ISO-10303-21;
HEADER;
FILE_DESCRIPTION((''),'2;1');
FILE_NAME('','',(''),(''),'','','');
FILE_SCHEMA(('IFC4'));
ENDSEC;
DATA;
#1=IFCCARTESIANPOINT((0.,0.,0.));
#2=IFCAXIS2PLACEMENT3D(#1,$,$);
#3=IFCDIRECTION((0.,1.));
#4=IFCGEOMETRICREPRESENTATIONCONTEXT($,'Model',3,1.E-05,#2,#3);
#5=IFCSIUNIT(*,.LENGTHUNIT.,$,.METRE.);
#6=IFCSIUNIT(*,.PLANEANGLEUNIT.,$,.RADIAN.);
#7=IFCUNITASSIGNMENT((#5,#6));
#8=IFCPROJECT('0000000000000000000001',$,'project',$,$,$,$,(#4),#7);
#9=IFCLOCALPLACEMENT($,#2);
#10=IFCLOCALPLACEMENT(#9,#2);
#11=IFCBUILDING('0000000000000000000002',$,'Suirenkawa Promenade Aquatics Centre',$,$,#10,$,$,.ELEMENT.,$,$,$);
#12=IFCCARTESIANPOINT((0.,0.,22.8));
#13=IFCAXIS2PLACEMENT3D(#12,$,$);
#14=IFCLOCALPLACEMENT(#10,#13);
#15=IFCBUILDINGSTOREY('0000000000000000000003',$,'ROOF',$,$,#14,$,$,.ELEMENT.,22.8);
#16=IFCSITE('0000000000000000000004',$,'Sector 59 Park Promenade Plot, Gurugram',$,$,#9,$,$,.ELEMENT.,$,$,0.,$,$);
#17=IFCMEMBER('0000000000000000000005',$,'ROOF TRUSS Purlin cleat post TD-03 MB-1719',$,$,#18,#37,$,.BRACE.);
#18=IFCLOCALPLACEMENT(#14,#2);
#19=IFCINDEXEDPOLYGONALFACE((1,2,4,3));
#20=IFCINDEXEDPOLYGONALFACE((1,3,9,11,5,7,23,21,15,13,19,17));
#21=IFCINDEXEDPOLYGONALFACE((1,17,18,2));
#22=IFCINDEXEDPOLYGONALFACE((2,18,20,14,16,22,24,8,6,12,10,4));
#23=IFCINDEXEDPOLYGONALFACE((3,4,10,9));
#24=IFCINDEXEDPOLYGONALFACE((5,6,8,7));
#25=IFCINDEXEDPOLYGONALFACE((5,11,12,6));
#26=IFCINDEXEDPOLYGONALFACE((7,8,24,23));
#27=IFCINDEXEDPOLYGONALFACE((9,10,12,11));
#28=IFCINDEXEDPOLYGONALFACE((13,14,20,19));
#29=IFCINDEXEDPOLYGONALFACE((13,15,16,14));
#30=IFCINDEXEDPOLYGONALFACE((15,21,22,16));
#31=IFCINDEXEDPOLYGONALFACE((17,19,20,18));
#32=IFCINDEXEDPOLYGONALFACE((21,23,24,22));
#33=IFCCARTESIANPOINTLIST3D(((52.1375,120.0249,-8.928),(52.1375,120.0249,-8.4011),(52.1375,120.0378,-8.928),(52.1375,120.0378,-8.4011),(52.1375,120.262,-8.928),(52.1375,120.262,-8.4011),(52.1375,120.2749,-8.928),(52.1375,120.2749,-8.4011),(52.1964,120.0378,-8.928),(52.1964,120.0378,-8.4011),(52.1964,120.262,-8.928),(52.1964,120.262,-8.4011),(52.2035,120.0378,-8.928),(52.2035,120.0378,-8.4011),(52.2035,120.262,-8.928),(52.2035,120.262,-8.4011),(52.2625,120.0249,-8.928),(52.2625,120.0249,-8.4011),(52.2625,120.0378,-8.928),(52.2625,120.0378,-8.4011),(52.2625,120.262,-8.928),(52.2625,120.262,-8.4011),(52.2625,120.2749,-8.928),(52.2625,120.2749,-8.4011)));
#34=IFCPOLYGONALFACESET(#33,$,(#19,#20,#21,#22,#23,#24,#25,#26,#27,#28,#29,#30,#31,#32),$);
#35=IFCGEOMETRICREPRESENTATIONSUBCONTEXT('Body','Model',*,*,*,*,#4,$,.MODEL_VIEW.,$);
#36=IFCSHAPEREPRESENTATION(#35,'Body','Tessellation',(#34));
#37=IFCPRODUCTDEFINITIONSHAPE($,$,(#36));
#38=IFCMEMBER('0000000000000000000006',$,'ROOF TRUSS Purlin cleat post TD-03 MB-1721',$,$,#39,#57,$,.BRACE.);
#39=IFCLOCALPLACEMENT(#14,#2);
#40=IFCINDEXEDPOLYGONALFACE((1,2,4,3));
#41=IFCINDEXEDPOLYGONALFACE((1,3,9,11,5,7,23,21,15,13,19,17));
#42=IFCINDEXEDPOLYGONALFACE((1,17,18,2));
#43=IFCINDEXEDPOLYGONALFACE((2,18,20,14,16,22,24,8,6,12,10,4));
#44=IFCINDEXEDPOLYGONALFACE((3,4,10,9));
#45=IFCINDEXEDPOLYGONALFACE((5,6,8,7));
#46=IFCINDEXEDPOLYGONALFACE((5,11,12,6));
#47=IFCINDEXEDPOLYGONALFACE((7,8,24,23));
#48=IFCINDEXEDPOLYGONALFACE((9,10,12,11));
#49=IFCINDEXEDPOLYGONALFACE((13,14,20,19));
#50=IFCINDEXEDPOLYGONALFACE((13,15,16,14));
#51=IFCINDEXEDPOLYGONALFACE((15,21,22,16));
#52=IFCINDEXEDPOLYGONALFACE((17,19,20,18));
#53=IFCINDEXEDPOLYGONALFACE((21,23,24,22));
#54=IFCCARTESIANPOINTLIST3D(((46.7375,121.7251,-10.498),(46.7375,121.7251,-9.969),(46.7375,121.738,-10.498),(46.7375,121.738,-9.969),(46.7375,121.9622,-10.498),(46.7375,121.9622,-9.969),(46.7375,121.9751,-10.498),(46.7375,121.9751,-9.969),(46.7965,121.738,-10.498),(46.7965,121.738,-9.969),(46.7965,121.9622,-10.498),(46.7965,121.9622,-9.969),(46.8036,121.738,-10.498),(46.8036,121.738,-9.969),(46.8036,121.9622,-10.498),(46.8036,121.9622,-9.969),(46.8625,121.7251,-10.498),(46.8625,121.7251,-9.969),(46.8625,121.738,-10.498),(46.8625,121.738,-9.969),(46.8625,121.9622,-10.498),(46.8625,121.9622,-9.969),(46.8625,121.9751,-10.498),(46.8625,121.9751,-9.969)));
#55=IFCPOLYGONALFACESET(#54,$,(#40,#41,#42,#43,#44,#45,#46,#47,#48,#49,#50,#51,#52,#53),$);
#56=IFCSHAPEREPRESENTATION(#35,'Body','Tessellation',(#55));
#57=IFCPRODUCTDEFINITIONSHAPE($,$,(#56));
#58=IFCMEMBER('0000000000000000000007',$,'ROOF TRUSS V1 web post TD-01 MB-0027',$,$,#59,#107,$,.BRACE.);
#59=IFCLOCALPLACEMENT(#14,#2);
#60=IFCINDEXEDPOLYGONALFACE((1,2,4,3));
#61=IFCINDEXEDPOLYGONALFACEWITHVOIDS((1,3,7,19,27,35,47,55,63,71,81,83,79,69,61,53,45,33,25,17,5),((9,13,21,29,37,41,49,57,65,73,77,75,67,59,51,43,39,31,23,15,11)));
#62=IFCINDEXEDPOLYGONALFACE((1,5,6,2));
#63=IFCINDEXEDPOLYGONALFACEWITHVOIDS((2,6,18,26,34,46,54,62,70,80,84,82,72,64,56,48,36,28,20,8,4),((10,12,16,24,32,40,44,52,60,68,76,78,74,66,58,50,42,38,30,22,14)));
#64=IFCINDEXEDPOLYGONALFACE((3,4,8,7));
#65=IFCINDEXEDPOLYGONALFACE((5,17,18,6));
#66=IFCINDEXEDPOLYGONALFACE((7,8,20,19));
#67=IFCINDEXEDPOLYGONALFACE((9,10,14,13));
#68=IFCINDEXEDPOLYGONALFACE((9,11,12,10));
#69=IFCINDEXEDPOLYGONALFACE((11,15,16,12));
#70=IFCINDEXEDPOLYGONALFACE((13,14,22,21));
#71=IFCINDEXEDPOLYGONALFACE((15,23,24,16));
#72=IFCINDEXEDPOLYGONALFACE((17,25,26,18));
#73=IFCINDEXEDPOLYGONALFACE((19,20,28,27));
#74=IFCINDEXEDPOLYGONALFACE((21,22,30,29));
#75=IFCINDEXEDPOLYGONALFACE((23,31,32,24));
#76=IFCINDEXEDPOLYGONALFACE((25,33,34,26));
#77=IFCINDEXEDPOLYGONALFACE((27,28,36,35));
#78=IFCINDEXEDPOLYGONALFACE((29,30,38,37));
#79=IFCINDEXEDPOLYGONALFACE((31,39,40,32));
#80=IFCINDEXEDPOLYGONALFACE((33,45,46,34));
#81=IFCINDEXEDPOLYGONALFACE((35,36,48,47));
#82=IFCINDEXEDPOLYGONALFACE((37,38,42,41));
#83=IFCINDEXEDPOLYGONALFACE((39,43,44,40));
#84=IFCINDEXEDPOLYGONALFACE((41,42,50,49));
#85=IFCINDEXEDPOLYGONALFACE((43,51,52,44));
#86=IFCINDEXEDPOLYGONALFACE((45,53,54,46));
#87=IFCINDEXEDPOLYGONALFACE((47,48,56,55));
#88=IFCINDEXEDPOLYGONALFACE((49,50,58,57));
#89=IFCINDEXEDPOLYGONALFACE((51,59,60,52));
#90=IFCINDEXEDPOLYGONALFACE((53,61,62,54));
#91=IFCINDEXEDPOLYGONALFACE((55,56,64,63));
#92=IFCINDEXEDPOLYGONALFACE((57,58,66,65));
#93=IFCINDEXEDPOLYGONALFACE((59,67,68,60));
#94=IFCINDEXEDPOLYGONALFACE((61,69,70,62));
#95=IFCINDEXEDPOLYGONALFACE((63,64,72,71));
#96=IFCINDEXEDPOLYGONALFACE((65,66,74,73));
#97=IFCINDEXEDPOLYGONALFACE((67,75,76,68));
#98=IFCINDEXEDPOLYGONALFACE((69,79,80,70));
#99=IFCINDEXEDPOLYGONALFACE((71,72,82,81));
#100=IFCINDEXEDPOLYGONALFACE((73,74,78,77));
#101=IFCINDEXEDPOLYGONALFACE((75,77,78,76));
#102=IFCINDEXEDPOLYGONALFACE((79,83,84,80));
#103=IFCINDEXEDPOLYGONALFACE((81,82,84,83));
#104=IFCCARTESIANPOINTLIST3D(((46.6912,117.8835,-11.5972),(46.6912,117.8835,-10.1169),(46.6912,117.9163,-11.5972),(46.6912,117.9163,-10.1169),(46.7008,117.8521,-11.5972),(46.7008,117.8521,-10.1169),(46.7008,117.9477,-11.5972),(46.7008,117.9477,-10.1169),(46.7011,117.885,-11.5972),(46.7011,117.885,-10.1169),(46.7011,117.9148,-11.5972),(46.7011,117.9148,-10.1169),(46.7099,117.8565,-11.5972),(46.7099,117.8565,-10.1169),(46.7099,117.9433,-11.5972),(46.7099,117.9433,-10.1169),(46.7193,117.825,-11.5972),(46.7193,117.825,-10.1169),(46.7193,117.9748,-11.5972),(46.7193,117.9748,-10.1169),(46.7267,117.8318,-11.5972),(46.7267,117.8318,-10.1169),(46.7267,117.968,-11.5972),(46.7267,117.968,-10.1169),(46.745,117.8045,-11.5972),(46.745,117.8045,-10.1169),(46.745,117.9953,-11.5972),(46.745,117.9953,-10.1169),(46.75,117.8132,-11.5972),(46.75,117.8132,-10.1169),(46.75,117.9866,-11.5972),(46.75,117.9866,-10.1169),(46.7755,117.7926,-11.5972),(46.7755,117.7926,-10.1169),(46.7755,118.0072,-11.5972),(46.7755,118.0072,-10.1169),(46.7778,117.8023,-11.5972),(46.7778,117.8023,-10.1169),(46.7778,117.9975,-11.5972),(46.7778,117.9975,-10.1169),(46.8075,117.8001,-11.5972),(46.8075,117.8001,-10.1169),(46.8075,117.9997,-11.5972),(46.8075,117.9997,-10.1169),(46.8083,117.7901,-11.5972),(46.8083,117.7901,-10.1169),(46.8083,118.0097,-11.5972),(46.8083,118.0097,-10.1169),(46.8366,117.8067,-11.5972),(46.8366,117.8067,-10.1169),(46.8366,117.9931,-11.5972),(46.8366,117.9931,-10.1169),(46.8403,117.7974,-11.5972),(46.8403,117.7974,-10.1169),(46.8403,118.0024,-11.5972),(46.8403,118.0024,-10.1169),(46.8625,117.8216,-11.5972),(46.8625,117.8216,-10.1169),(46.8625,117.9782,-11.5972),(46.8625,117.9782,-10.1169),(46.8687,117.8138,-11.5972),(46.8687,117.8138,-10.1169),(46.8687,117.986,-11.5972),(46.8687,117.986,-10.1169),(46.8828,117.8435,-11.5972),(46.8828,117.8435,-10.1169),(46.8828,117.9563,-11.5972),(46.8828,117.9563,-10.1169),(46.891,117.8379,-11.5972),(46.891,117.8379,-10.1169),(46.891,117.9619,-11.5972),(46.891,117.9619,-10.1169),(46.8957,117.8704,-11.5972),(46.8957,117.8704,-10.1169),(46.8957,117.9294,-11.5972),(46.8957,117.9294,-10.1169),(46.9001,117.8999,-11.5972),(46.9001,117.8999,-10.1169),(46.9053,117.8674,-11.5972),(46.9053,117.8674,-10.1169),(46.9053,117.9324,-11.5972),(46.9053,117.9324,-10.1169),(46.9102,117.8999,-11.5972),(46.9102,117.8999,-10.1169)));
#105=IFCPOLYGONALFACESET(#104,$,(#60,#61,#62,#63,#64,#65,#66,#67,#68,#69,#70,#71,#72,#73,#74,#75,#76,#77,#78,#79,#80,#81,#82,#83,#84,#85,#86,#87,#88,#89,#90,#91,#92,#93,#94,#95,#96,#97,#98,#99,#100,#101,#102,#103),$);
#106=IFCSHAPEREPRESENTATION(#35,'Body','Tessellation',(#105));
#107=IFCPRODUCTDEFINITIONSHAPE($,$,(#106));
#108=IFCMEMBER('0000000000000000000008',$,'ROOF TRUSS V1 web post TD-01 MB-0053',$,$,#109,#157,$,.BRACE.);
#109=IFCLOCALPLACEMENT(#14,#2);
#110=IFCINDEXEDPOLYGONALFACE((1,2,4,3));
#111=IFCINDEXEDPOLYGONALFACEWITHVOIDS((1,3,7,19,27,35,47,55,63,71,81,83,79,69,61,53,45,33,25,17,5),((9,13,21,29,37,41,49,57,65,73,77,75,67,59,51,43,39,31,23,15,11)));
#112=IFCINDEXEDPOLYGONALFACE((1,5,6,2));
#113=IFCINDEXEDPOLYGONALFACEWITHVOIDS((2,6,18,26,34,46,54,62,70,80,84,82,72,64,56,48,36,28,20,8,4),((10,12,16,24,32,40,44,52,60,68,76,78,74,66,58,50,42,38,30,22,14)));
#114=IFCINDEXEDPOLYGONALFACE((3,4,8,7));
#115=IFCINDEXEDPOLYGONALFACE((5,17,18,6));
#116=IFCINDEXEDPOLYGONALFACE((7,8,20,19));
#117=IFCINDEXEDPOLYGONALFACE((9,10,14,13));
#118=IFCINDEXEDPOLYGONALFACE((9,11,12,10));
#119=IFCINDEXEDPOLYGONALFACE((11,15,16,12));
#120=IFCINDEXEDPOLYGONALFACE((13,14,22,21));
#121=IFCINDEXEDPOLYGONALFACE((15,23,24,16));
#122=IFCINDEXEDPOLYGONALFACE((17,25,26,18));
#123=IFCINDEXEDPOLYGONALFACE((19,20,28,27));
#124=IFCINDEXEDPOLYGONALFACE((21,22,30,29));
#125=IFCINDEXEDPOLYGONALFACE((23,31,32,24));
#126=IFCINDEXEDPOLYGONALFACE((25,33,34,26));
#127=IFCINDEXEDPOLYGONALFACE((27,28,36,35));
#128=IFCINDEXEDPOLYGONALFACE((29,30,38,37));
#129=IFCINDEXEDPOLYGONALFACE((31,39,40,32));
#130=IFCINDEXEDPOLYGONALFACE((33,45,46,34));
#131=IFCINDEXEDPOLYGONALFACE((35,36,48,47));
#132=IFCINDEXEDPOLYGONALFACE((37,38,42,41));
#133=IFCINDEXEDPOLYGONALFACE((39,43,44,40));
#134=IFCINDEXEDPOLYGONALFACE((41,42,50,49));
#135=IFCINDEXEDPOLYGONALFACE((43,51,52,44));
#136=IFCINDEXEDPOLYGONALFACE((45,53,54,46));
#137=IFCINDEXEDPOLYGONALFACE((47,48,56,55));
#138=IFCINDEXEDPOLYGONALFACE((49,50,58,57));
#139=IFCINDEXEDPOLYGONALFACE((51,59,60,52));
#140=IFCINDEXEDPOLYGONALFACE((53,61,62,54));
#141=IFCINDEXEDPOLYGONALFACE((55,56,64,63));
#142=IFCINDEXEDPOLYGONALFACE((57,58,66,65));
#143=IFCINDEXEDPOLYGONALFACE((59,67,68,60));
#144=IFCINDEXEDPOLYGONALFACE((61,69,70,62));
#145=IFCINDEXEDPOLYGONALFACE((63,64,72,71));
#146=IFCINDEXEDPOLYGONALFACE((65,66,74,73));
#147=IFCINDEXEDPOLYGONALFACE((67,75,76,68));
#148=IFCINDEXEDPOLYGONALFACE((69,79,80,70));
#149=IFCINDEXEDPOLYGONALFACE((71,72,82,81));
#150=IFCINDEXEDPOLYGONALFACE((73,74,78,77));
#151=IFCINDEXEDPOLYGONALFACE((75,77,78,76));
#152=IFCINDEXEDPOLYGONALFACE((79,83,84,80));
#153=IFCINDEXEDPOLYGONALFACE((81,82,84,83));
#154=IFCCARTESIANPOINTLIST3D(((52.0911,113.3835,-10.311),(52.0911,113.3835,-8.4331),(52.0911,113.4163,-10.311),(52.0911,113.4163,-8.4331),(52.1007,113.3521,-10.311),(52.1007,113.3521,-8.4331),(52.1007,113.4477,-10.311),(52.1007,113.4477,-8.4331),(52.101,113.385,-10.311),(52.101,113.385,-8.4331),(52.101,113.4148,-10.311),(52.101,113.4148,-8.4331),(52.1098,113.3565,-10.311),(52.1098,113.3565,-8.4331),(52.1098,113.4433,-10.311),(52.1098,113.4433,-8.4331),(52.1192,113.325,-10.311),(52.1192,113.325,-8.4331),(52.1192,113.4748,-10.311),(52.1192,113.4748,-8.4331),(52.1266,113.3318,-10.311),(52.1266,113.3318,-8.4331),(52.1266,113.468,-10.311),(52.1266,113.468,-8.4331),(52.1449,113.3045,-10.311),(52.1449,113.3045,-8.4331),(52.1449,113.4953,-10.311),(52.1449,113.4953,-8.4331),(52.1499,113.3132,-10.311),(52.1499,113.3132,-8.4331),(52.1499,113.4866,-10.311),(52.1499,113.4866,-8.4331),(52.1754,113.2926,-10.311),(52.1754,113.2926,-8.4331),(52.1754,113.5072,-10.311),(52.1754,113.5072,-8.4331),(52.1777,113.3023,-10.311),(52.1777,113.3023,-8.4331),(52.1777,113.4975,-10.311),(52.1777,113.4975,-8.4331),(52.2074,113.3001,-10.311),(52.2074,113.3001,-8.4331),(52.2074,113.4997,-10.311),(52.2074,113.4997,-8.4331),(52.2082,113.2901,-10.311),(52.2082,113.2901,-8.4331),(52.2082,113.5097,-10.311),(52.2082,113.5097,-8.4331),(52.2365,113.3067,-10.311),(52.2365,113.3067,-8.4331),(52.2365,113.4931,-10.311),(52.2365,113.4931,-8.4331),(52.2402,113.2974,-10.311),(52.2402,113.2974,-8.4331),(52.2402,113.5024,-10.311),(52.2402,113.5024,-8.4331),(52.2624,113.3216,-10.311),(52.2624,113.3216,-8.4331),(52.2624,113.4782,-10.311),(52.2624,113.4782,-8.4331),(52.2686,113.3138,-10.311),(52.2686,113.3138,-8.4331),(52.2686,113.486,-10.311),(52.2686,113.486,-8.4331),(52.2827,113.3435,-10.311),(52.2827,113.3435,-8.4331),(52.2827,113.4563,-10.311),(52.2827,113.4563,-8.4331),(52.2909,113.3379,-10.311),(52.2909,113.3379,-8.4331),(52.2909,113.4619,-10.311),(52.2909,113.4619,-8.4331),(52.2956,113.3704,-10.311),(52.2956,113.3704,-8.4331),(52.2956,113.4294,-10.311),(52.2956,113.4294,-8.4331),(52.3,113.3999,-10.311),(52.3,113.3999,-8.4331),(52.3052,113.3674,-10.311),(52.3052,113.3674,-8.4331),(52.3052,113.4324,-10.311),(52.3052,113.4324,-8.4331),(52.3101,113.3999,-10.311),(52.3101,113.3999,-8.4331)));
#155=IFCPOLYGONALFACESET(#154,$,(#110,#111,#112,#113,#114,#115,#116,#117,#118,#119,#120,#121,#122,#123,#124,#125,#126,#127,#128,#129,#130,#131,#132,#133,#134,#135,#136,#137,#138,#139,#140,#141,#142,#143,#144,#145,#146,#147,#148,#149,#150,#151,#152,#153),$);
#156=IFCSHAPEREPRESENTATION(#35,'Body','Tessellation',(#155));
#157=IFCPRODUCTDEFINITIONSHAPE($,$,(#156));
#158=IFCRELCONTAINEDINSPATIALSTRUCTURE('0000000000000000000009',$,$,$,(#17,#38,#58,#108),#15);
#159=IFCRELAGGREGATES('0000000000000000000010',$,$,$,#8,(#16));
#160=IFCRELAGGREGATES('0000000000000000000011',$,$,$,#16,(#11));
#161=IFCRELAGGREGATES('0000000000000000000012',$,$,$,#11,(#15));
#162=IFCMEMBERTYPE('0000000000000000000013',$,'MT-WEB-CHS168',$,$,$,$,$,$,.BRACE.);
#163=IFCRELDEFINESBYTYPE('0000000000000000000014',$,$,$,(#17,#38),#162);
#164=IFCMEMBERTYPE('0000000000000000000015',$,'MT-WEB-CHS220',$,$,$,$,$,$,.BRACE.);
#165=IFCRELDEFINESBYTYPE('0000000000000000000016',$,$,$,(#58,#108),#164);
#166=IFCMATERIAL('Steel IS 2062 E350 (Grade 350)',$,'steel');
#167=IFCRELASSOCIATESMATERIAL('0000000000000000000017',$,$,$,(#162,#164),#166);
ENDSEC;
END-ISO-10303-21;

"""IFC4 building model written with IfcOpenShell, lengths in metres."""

from ifc_helpers import new_model, si_unit, direction, frame, origin, origin_2d, place, context, subcontext, project, spatial, hollow_circle, i_section, extrude, material, material_profile, profile_set, type_object, element, save


model = new_model("IFC4")

# Units and contexts
model_context = context("Model", 3, precision=1e-05, world=origin(), true_north=direction((0.0, 1.0)))
body_context = subcontext(model_context, "Body", "Model", "MODEL_VIEW")
ifc_project = project(units=[si_unit("LENGTHUNIT", "METRE"), si_unit("PLANEANGLEUNIT", "RADIAN")], contexts=[model_context])

# Site, building, storey
site_placement = place(None, origin())
site = spatial("IfcSite", under=ifc_project, at=site_placement, Name="Sector 59 Park Promenade Plot, Gurugram", CompositionType="ELEMENT", RefElevation=0.0)
building_placement = place(site_placement, origin())
building = spatial("IfcBuilding", under=site, at=building_placement, Name="Suirenkawa Promenade Aquatics Centre", CompositionType="ELEMENT")
storey_placement = place(building_placement, frame((0.0, 0.0, 22.8)))
storey = spatial("IfcBuildingStorey", under=building, at=storey_placement, Name="ROOF", CompositionType="ELEMENT", Elevation=22.8)

# Shared definitions
ifc_material = material(Name="Steel IS 2062 E350 (Grade 350)", Category="steel")

# Members
ifc_material_profile_1 = material_profile(ifc_material, i_section(OverallWidth=0.125, OverallDepth=0.25, WebThickness=0.0071, FlangeThickness=0.0129, at=origin_2d()), Name="ISMB 250", Category="steel")
ifc_profile_set_1 = profile_set([ifc_material_profile_1], Name="Steel IS 2062 E350 (Grade 350)")
member_type_1 = type_object("IfcMemberType", Name="MT-WEB-CHS168", PredefinedType="BRACE", material=ifc_profile_set_1)
for number, where, z_axis, x_axis, name in (
    (1, (52.2, 120.1499, -8.928), (0.0, 0.0, 1.0), (1.0, 0.0, 0.0), "ROOF TRUSS Purlin cleat post TD-03 MB-1719"),
):
    element("IfcMember", number, at=place(storey_placement, frame(where, z_axis=z_axis, x_axis=x_axis)), inside=storey, type_object=member_type_1, Name=name, PredefinedType="BRACE", context=body_context, shape_type="SweptSolid", body=[
        extrude(i_section(OverallWidth=0.125, OverallDepth=0.25, WebThickness=0.0071, FlangeThickness=0.0129, at=origin_2d()), origin(), (0.0, 0.0, 1.0), 0.5269),
    ])
member_1_placement = place(storey_placement, frame((46.8, 121.8501, -10.498), z_axis=(0.0, 0.0, 1.0), x_axis=(1.0, 0.0, 0.0)))
element("IfcMember", 2, at=member_1_placement, inside=storey, type_object=member_type_1, Name="ROOF TRUSS Purlin cleat post TD-03 MB-1721", PredefinedType="BRACE", context=body_context, shape_type="SweptSolid", body=[
    extrude(i_section(OverallWidth=0.125, OverallDepth=0.25, WebThickness=0.0071, FlangeThickness=0.0129, at=origin_2d()), origin(), (0.0, 0.0, 1.0), 0.5291),
])
ifc_material_profile_2 = material_profile(ifc_material, hollow_circle(Radius=0.1101, WallThickness=0.01, at=origin_2d()), Name="CHS 220x10", Category="steel")
ifc_profile_set_2 = profile_set([ifc_material_profile_2], Name="Steel IS 2062 E350 (Grade 350)")
member_type_2 = type_object("IfcMemberType", Name="MT-WEB-CHS220", PredefinedType="BRACE", material=ifc_profile_set_2)
member_2_placement = place(storey_placement, frame((46.8, 117.8999, -11.5972), z_axis=(0.0, 0.0, 1.0), x_axis=(1.0, 0.0, 0.0)))
element("IfcMember", 3, at=member_2_placement, inside=storey, type_object=member_type_2, Name="ROOF TRUSS V1 web post TD-01 MB-0027", PredefinedType="BRACE", context=body_context, shape_type="SweptSolid", body=[
    extrude(hollow_circle(Radius=0.1101, WallThickness=0.01, at=origin_2d()), origin(), (0.0, 0.0, 1.0), 1.4802),
])
member_3_placement = place(storey_placement, frame((52.2, 113.3999, -10.311), z_axis=(0.0, 0.0, 1.0), x_axis=(1.0, 0.0, 0.0)))
element("IfcMember", 4, at=member_3_placement, inside=storey, type_object=member_type_2, Name="ROOF TRUSS V1 web post TD-01 MB-0053", PredefinedType="BRACE", context=body_context, shape_type="SweptSolid", body=[
    extrude(hollow_circle(Radius=0.1101, WallThickness=0.01, at=origin_2d()), origin(), (0.0, 0.0, 1.0), 1.8779),
])

save(model, "model.ifc")
